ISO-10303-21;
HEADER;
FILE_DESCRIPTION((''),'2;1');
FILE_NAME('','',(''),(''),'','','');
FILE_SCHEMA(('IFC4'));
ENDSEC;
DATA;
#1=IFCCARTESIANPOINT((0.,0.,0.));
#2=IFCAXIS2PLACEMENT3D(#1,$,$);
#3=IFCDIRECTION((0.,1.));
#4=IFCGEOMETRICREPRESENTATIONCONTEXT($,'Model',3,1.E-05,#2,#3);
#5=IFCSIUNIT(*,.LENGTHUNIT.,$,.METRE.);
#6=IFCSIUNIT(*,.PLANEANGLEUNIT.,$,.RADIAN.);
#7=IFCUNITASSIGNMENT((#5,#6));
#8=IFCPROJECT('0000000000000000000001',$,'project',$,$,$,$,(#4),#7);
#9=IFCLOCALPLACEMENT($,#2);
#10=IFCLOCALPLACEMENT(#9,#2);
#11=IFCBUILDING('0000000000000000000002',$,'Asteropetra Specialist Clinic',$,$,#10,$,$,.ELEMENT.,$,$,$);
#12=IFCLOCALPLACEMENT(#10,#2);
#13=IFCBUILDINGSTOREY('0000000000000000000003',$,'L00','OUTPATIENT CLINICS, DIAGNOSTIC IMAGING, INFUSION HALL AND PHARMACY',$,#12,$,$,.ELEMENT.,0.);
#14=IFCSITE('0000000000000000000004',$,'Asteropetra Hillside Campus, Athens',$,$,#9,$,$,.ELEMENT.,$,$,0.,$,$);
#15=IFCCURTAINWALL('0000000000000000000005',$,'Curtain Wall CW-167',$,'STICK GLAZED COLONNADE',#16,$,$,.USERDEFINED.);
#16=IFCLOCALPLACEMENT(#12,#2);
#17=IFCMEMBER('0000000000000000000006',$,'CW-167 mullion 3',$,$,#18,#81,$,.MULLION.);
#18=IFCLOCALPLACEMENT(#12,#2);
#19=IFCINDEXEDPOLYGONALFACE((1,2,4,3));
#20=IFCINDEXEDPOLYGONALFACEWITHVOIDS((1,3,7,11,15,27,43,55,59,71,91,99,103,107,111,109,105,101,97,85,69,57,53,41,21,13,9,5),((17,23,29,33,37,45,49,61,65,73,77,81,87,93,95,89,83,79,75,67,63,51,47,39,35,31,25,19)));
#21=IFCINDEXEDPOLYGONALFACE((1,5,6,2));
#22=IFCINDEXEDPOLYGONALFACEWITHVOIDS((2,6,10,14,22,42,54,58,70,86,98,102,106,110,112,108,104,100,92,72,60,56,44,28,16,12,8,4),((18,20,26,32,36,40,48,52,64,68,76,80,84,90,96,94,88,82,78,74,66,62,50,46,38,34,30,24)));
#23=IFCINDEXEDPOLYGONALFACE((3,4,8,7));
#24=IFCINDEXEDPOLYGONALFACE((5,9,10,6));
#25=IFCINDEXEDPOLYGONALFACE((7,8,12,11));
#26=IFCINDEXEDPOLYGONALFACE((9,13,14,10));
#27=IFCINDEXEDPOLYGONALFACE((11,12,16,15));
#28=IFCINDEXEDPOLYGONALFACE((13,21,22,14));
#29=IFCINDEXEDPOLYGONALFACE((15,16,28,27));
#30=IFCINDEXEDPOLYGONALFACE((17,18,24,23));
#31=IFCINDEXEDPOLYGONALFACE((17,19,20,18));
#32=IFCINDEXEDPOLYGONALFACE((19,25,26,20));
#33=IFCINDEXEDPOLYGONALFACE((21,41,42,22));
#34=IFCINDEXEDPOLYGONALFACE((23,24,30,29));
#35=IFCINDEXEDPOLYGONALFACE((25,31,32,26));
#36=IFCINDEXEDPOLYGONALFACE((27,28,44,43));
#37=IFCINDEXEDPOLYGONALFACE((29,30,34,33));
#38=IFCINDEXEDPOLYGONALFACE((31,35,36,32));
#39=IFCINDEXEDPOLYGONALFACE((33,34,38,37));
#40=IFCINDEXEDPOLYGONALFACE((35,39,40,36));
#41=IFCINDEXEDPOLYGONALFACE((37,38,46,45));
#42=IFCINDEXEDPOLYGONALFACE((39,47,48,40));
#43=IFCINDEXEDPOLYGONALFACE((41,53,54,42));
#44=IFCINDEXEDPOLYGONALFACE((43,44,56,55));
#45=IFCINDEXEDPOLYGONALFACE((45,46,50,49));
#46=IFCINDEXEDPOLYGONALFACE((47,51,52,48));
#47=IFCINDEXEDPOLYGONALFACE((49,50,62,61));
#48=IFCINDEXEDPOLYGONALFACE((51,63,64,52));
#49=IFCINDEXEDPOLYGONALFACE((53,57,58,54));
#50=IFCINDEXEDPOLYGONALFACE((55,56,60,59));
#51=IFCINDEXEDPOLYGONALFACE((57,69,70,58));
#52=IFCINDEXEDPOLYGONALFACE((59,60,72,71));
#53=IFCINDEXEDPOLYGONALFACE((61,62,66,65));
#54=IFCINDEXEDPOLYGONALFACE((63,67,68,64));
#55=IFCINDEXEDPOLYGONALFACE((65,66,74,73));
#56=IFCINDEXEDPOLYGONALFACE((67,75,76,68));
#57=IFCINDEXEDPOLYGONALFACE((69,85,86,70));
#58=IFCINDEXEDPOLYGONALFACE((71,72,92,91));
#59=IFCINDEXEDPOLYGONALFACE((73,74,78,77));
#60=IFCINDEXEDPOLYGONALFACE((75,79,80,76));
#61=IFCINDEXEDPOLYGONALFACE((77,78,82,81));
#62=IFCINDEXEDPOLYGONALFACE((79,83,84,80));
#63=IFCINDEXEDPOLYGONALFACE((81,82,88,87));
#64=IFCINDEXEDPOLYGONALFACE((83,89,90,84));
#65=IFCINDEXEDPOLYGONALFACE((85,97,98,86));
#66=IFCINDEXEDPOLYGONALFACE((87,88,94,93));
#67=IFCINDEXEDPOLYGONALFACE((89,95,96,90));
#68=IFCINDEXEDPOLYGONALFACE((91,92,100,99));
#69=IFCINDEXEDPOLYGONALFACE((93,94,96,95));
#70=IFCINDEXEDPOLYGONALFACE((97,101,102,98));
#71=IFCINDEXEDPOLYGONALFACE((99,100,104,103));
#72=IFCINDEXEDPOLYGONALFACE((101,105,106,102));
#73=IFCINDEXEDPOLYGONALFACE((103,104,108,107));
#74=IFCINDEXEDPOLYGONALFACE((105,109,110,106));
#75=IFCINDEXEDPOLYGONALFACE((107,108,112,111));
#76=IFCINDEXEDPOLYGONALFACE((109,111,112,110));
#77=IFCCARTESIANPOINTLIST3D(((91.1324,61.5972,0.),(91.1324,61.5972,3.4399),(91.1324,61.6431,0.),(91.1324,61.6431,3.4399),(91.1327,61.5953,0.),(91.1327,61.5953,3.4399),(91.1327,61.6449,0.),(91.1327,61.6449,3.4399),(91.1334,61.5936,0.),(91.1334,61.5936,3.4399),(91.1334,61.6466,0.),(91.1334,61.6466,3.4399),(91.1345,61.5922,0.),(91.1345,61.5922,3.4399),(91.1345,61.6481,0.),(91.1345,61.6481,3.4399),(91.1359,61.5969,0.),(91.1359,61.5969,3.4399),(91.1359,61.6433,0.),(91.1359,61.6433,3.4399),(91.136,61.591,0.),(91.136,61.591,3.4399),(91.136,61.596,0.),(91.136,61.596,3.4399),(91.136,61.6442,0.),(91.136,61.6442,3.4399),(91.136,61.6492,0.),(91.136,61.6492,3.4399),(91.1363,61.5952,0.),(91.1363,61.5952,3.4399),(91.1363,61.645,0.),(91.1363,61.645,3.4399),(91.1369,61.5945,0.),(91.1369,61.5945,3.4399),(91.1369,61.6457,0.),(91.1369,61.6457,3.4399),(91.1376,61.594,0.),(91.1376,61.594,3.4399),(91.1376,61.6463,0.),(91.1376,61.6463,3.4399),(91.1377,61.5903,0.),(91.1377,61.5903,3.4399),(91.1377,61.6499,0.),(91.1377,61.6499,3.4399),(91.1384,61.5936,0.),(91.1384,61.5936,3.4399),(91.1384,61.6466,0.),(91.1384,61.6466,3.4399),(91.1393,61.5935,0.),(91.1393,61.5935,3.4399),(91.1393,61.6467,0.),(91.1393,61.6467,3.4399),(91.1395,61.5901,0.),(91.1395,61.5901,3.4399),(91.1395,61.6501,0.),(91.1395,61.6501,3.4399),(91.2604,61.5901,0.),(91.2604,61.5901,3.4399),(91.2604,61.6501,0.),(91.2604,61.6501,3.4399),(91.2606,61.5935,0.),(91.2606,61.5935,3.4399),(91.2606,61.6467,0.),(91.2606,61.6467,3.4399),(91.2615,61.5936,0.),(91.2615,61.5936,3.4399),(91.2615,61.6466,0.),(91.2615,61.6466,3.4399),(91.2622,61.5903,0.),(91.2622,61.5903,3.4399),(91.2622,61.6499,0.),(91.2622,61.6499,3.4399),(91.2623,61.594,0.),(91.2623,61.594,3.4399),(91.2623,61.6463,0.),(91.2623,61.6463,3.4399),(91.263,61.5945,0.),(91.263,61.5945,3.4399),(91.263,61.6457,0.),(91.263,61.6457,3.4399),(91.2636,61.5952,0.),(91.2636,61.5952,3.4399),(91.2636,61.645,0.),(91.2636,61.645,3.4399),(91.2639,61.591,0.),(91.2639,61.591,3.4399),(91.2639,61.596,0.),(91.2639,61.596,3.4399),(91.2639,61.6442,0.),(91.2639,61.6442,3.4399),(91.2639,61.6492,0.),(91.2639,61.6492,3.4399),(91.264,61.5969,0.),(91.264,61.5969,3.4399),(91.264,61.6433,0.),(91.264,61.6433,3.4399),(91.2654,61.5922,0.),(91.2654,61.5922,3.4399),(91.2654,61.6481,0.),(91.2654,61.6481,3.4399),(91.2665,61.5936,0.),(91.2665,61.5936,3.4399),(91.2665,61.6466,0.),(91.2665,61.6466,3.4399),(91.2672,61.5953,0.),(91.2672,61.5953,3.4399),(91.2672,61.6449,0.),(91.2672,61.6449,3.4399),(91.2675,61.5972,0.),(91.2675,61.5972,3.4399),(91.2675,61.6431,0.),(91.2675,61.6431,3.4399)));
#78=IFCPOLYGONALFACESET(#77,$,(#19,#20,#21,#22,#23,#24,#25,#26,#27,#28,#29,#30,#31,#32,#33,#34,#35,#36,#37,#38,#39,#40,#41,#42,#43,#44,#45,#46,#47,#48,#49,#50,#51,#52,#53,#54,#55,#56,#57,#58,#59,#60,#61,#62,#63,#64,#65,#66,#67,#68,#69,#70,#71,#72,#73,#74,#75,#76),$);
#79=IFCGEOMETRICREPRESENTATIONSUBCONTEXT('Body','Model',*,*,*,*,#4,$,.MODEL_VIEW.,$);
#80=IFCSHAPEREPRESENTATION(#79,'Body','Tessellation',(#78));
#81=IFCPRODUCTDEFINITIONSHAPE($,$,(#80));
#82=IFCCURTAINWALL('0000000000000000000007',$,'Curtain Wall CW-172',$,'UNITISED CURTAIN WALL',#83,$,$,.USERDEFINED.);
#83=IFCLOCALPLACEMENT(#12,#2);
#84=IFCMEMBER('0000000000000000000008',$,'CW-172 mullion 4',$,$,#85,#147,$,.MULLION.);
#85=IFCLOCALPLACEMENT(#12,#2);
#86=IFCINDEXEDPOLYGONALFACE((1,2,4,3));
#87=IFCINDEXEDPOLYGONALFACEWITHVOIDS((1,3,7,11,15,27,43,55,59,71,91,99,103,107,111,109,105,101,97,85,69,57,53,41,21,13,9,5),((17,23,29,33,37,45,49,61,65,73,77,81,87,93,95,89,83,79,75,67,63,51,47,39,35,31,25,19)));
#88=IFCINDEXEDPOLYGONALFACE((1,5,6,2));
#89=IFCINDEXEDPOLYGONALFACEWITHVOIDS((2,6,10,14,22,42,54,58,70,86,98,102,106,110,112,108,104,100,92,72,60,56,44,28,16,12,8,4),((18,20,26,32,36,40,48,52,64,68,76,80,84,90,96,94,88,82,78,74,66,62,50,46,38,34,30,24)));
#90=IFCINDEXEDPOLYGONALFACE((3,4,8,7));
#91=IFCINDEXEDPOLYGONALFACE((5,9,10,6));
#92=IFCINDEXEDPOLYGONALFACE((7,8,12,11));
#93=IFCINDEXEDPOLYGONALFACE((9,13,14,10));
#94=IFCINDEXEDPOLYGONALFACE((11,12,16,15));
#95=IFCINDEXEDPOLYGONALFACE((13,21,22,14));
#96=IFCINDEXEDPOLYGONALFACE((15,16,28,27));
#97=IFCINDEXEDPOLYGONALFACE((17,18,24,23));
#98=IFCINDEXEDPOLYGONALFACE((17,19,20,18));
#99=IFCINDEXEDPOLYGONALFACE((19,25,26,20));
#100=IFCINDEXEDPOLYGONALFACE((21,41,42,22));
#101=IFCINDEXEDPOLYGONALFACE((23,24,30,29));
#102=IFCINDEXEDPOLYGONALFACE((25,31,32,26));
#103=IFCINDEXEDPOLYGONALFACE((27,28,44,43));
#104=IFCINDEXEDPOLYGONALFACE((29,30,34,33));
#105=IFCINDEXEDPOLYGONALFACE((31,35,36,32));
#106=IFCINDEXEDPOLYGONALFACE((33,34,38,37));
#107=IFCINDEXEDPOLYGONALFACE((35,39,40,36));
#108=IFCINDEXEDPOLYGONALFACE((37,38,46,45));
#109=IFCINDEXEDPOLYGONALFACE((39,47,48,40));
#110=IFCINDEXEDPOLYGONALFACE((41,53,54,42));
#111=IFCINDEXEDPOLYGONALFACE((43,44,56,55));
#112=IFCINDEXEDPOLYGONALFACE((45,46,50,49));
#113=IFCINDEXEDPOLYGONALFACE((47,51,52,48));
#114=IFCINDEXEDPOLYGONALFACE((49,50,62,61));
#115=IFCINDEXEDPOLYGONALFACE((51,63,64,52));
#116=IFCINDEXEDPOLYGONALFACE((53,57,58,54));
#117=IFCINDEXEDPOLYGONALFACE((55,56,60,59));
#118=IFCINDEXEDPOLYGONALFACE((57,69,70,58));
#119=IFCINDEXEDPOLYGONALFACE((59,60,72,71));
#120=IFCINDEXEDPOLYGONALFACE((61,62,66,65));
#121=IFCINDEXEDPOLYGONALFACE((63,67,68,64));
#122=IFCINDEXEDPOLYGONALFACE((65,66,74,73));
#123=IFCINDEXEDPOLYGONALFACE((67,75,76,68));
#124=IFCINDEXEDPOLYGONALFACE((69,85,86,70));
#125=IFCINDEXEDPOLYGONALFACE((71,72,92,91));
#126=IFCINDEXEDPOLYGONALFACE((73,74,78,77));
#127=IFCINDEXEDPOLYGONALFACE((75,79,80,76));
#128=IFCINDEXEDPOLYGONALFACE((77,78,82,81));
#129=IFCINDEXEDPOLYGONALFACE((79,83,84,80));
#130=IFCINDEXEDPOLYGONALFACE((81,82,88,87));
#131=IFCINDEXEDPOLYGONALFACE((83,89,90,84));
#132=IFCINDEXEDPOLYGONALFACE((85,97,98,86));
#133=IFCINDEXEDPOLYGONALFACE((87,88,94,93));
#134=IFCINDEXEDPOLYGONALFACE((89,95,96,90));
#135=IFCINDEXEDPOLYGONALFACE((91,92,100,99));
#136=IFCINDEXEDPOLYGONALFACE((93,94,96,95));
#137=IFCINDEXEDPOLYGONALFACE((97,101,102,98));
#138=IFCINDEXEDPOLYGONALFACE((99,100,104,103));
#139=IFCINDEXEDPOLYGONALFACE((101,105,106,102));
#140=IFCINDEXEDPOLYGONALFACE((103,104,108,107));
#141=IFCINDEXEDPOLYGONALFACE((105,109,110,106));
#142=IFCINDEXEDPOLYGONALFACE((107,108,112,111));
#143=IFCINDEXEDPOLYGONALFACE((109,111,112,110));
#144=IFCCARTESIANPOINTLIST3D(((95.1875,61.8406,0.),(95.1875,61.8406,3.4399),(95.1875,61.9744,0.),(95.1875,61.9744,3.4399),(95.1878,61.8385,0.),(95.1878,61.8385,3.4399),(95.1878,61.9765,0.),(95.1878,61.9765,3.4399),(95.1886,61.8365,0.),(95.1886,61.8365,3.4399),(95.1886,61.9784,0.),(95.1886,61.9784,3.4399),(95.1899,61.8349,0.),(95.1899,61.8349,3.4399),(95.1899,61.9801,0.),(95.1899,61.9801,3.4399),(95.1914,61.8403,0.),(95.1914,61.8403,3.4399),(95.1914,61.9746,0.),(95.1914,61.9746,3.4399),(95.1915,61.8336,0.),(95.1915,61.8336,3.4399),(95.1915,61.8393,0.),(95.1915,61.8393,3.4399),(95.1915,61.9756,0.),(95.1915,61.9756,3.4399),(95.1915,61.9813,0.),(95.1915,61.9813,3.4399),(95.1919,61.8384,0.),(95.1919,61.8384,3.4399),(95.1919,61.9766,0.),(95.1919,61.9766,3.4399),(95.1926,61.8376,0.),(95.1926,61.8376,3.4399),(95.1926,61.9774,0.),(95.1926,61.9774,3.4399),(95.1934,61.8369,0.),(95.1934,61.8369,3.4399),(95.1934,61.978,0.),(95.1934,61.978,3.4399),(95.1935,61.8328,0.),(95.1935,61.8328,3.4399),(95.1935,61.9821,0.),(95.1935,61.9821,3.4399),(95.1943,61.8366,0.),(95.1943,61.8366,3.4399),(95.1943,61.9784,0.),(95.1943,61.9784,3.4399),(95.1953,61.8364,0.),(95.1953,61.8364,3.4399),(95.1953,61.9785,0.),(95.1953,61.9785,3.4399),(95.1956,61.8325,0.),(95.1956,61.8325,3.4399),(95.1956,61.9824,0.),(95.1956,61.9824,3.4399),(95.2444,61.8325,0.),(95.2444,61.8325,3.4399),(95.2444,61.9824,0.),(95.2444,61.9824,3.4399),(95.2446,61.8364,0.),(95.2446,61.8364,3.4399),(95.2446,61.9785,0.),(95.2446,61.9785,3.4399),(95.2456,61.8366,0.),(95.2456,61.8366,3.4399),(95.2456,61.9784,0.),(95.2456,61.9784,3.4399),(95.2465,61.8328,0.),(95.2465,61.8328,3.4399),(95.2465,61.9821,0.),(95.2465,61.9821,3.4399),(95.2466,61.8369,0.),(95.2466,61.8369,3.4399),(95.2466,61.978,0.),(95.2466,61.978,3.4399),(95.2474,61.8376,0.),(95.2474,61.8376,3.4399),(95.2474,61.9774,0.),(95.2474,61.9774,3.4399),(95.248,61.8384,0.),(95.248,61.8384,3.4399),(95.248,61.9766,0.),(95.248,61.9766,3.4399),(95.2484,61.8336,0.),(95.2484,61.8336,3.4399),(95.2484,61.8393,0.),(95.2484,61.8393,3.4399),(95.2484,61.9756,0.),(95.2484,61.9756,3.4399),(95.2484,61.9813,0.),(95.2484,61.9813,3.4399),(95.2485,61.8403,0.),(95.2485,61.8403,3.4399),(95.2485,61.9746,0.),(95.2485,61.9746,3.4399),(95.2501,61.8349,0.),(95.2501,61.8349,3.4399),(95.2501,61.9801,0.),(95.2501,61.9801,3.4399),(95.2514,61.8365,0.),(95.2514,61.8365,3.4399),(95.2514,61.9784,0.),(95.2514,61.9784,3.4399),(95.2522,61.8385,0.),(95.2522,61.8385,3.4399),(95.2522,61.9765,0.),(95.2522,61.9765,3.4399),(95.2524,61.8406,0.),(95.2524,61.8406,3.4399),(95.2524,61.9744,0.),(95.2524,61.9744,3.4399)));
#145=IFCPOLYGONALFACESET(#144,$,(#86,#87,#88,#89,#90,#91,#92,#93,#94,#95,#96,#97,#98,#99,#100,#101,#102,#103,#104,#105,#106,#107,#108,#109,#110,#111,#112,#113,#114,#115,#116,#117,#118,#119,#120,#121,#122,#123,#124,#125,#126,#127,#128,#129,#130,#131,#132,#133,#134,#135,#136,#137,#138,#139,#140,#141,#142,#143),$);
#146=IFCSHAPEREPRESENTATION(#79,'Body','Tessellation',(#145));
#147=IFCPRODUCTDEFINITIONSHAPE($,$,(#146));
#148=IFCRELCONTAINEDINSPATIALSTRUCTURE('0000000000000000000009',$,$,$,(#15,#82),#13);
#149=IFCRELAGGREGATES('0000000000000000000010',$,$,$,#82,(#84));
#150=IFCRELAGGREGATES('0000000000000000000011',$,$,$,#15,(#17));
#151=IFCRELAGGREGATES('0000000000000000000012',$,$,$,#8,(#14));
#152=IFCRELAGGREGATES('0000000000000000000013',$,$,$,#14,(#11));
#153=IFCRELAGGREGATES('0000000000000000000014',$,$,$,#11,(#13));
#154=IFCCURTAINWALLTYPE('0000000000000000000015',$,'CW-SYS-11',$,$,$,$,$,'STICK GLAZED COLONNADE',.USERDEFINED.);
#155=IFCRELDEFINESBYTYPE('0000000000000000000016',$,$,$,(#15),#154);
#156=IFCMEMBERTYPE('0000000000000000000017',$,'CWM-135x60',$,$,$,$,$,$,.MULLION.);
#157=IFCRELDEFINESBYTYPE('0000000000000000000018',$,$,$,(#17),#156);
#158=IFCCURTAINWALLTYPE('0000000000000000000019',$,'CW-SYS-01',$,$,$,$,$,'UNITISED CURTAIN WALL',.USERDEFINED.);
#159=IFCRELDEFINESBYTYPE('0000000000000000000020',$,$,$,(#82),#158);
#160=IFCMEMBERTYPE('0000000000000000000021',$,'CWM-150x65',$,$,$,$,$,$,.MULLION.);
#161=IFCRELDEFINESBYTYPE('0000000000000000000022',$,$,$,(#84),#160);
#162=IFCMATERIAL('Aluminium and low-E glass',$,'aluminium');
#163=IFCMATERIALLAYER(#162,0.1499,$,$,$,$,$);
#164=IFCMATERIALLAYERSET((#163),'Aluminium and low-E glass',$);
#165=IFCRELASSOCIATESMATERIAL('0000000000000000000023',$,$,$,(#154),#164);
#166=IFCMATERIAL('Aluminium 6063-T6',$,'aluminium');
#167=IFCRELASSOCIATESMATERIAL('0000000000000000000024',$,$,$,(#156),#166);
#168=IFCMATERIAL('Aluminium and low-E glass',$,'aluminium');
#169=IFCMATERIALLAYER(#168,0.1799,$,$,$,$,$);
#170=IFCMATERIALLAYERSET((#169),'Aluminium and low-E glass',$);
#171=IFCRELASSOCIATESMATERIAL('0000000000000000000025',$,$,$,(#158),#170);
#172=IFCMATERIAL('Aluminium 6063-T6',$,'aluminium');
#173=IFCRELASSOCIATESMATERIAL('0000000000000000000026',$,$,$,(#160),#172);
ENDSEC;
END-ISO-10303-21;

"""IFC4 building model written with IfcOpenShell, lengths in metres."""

from ifc_helpers import new_model, si_unit, direction, frame, origin, origin_2d, place, context, subcontext, project, spatial, hollow_rectangle, extrude, material, layer, layer_set, material_profile, profile_set, type_object, element, aggregate, save


model = new_model("IFC4")

# Units and contexts
model_context = context("Model", 3, precision=1e-05, world=origin(), true_north=direction((0.0, 1.0)))
body_context = subcontext(model_context, "Body", "Model", "MODEL_VIEW")
ifc_project = project(units=[si_unit("LENGTHUNIT", "METRE"), si_unit("PLANEANGLEUNIT", "RADIAN")], contexts=[model_context])

# Site, building, storey
site_placement = place(None, origin())
site = spatial("IfcSite", under=ifc_project, at=site_placement, Name="Asteropetra Hillside Campus, Athens", CompositionType="ELEMENT", RefElevation=0.0)
building_placement = place(site_placement, origin())
building = spatial("IfcBuilding", under=site, at=building_placement, Name="Asteropetra Specialist Clinic", CompositionType="ELEMENT")
storey_placement = place(building_placement, origin())
storey = spatial("IfcBuildingStorey", under=building, at=storey_placement, Name="L00", Description="OUTPATIENT CLINICS, DIAGNOSTIC IMAGING, INFUSION HALL AND PHARMACY", CompositionType="ELEMENT", Elevation=0.0)

# Curtain wall, member
ifc_material_1 = material(Name="Aluminium and low-E glass", Category="aluminium")
ifc_layer_1 = layer(ifc_material_1, 0.1499)
ifc_layer_set_1 = layer_set([ifc_layer_1], Name="Aluminium and low-E glass")
curtain_wall_type_1 = type_object("IfcCurtainWallType", Name="CW-SYS-11", ElementType="STICK GLAZED COLONNADE", PredefinedType="USERDEFINED", material=ifc_layer_set_1)
curtain_wall_1_placement = place(storey_placement, origin())
curtain_wall_1 = element("IfcCurtainWall", 1, at=curtain_wall_1_placement, inside=storey, type_object=curtain_wall_type_1, Name="Curtain Wall CW-167", ObjectType="STICK GLAZED COLONNADE", PredefinedType="USERDEFINED")
ifc_material_2 = material(Name="Aluminium 6063-T6", Category="aluminium")
ifc_material_profile_1 = material_profile(ifc_material_2, hollow_rectangle(XDim=0.0601, YDim=0.135, WallThickness=0.0034, InnerFilletRadius=0.0034, OuterFilletRadius=0.0071, at=origin_2d()), Name="MUL 135x60x3.5")
ifc_profile_set_1 = profile_set([ifc_material_profile_1], Name="Aluminium 6063-T6")
member_type_1 = type_object("IfcMemberType", Name="CWM-135x60", PredefinedType="MULLION", material=ifc_profile_set_1)
member_1_placement = place(storey_placement, frame((91.2, 61.6201, 0.0), z_axis=(0.0, 0.0, 1.0), x_axis=(0.0, -1.0, 0.0)))
member_1 = element("IfcMember", 2, at=member_1_placement, type_object=member_type_1, Name="CW-167 mullion 3", PredefinedType="MULLION", context=body_context, shape_type="SweptSolid", body=[
    extrude(hollow_rectangle(XDim=0.0601, YDim=0.135, WallThickness=0.0034, InnerFilletRadius=0.0034, OuterFilletRadius=0.0071, at=origin_2d()), origin(), (0.0, 0.0, 1.0), 3.4399),
])

# Curtain wall, member
ifc_material_3 = material(Name="Aluminium and low-E glass", Category="aluminium")
ifc_layer_2 = layer(ifc_material_3, 0.1799)
ifc_layer_set_2 = layer_set([ifc_layer_2], Name="Aluminium and low-E glass")
curtain_wall_type_2 = type_object("IfcCurtainWallType", Name="CW-SYS-01", ElementType="UNITISED CURTAIN WALL", PredefinedType="USERDEFINED", material=ifc_layer_set_2)
curtain_wall_2_placement = place(storey_placement, origin())
curtain_wall_2 = element("IfcCurtainWall", 3, at=curtain_wall_2_placement, inside=storey, type_object=curtain_wall_type_2, Name="Curtain Wall CW-172", ObjectType="UNITISED CURTAIN WALL", PredefinedType="USERDEFINED")
ifc_material_4 = material(Name="Aluminium 6063-T6", Category="aluminium")
ifc_material_profile_2 = material_profile(ifc_material_4, hollow_rectangle(XDim=0.0649, YDim=0.1499, WallThickness=0.0039, InnerFilletRadius=0.0039, OuterFilletRadius=0.0081, at=origin_2d()), Name="MUL 150x65x4.0")
ifc_profile_set_2 = profile_set([ifc_material_profile_2], Name="Aluminium 6063-T6")
member_type_2 = type_object("IfcMemberType", Name="CWM-150x65", PredefinedType="MULLION", material=ifc_profile_set_2)
member_2_placement = place(storey_placement, frame((95.22, 61.9075, 0.0), z_axis=(0.0, 0.0, 1.0), x_axis=(-1.0, 0.0, 0.0)))
member_2 = element("IfcMember", 4, at=member_2_placement, type_object=member_type_2, Name="CW-172 mullion 4", PredefinedType="MULLION", context=body_context, shape_type="SweptSolid", body=[
    extrude(hollow_rectangle(XDim=0.0649, YDim=0.1499, WallThickness=0.0039, InnerFilletRadius=0.0039, OuterFilletRadius=0.0081, at=origin_2d()), origin(), (0.0, 0.0, 1.0), 3.4399),
])
aggregate(curtain_wall_2, [member_2])

aggregate(curtain_wall_1, [member_1])

save(model, "model.ifc")
